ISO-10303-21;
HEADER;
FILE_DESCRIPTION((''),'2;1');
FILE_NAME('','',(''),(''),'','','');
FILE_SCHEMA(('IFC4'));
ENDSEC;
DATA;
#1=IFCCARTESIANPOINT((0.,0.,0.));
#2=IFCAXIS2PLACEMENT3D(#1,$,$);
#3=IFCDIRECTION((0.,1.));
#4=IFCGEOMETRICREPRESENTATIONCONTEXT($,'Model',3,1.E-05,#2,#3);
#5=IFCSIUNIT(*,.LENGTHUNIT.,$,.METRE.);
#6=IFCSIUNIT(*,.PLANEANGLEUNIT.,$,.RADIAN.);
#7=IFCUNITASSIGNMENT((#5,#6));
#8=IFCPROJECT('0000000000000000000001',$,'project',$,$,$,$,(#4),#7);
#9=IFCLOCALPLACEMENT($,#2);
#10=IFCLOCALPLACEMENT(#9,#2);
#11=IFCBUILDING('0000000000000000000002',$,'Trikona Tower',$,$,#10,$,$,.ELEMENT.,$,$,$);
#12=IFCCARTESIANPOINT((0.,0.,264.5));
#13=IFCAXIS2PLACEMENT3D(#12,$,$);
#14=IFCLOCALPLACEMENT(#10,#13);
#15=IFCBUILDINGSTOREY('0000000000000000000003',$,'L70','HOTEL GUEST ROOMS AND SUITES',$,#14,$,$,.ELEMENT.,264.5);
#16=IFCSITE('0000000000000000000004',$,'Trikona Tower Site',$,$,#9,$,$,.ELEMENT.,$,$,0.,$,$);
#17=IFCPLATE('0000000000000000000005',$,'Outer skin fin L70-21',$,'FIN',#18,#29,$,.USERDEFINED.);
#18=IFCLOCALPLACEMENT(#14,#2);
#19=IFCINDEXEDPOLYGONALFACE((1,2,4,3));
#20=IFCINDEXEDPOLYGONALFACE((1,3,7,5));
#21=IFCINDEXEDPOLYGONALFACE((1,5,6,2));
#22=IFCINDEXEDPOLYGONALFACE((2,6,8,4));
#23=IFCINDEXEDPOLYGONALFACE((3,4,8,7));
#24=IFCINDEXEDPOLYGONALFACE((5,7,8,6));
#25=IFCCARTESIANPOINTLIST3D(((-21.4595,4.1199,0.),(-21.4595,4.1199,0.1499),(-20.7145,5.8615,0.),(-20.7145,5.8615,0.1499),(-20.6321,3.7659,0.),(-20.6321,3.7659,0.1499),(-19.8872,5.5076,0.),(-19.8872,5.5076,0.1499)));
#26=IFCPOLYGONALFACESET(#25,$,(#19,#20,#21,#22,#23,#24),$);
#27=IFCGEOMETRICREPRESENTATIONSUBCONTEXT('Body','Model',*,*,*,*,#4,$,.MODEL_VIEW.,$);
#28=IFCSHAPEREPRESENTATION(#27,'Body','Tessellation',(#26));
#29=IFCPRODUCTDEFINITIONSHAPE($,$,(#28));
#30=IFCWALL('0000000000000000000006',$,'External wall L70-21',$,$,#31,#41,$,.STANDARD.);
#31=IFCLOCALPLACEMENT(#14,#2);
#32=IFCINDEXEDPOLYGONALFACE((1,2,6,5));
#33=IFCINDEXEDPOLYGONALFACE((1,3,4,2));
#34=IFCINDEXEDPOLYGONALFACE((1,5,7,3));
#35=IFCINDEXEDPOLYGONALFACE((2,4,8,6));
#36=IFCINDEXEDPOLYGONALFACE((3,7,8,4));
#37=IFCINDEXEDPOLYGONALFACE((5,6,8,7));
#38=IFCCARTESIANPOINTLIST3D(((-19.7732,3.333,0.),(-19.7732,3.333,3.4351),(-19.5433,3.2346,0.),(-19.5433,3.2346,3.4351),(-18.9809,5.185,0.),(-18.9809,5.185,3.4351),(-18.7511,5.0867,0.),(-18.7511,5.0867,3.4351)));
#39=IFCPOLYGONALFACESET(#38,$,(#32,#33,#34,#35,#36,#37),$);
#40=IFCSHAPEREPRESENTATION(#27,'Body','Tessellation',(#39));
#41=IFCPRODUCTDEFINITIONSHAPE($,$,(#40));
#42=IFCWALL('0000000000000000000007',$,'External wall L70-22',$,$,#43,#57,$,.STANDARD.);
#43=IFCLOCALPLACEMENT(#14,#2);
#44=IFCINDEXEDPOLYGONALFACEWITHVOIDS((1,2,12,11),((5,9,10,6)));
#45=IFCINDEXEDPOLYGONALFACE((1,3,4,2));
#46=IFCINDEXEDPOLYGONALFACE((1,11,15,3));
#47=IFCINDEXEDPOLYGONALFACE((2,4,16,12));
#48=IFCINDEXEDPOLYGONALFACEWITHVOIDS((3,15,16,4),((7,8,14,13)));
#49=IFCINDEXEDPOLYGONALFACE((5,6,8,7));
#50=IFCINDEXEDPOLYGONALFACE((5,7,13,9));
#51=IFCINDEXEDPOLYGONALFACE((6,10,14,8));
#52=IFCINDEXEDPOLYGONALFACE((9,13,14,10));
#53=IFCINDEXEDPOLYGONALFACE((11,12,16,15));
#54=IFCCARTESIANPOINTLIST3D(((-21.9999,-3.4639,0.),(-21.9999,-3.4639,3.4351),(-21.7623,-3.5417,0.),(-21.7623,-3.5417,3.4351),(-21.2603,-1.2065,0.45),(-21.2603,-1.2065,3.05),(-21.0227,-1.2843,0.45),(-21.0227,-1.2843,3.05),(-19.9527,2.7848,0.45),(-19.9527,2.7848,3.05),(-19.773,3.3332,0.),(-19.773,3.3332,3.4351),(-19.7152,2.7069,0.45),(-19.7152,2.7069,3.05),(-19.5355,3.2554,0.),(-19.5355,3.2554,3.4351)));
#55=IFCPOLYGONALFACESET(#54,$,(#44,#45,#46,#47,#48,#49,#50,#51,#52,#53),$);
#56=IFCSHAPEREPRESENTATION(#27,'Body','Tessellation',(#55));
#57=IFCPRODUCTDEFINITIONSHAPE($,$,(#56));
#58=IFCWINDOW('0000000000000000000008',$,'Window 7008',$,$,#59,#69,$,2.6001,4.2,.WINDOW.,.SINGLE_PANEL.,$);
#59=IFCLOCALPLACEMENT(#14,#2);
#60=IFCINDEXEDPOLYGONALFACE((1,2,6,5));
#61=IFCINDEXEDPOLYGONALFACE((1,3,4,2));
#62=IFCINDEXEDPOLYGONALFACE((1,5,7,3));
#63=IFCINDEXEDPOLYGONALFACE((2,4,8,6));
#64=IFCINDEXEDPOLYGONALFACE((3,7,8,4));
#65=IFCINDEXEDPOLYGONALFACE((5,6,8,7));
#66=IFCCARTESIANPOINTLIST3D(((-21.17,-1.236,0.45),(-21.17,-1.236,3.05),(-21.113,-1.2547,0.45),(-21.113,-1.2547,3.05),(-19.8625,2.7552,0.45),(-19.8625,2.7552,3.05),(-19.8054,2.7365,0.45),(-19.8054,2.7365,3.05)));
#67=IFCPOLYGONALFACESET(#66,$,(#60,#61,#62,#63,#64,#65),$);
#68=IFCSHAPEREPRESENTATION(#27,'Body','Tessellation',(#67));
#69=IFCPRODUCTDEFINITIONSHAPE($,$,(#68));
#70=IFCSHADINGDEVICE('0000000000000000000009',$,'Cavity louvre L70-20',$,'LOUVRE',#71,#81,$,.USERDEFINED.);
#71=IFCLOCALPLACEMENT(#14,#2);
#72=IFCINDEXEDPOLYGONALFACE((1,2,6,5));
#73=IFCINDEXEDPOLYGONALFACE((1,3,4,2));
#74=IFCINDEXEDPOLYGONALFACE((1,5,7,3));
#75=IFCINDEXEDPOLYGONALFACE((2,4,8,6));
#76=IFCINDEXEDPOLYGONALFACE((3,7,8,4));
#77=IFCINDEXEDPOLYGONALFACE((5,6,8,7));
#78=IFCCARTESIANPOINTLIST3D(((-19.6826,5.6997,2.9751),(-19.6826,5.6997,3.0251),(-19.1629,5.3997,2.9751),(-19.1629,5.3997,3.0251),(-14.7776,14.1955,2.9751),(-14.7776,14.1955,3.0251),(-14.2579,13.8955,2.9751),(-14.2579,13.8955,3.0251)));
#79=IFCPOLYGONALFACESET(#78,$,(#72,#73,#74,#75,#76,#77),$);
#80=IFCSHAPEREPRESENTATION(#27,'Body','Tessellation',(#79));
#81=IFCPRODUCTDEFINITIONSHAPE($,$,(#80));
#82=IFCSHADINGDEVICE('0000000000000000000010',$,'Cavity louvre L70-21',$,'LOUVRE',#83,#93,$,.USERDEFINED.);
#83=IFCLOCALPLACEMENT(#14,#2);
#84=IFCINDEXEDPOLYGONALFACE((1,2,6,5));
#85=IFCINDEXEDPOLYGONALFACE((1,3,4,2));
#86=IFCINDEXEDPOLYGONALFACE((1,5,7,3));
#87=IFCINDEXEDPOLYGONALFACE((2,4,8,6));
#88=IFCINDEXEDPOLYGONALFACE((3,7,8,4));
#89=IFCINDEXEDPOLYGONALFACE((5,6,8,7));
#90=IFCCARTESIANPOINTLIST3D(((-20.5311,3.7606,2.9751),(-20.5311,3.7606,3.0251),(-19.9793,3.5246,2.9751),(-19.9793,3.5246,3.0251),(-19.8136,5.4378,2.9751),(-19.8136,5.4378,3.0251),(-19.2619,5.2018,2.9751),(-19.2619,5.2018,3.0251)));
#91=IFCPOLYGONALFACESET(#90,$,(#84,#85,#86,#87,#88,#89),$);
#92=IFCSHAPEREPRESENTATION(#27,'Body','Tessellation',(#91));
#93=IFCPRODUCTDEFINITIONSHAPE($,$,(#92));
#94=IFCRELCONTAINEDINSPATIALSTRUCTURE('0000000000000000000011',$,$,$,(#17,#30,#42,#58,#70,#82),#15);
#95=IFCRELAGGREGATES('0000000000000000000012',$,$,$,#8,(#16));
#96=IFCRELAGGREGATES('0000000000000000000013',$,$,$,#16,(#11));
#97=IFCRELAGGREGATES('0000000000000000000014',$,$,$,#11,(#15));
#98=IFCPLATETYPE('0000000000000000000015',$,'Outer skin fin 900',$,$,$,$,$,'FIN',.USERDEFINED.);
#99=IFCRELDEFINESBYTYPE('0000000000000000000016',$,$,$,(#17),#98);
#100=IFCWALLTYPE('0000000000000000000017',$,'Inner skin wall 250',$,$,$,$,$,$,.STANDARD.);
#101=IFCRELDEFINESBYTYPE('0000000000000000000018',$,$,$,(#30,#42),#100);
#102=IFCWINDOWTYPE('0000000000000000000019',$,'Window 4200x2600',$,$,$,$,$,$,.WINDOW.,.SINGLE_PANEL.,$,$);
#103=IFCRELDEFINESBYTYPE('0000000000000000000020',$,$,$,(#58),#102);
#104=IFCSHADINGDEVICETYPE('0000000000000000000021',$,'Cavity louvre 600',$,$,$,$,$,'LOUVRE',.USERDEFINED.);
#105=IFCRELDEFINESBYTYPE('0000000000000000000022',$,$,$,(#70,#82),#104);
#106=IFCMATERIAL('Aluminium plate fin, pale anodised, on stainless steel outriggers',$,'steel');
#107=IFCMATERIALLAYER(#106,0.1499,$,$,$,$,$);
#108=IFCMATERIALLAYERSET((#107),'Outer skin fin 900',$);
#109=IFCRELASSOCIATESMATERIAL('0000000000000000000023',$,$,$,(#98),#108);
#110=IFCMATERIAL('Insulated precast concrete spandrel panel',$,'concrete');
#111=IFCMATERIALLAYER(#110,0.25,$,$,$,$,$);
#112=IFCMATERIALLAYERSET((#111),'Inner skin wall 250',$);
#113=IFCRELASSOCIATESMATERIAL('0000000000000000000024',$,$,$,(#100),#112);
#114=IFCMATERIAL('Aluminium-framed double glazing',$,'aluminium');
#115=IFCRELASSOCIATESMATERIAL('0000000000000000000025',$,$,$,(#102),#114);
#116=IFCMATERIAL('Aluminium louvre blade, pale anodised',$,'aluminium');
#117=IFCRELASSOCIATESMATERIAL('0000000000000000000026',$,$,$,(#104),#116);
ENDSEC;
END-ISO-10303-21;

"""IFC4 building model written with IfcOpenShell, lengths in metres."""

from ifc_helpers import new_model, si_unit, direction, frame, frame_2d, origin, origin_2d, place, context, subcontext, project, spatial, rectangle, extrude, material, layer, layer_set, type_object, element, fill, save


model = new_model("IFC4")

# Units and contexts
model_context = context("Model", 3, precision=1e-05, world=origin(), true_north=direction((0.0, 1.0)))
body_context = subcontext(model_context, "Body", "Model", "MODEL_VIEW")
ifc_project = project(units=[si_unit("LENGTHUNIT", "METRE"), si_unit("PLANEANGLEUNIT", "RADIAN")], contexts=[model_context])

# Site, building, storey
site_placement = place(None, origin())
site = spatial("IfcSite", under=ifc_project, at=site_placement, Name="Trikona Tower Site", CompositionType="ELEMENT", RefElevation=0.0)
building_placement = place(site_placement, origin())
building = spatial("IfcBuilding", under=site, at=building_placement, Name="Trikona Tower", CompositionType="ELEMENT")
storey_placement = place(building_placement, frame((0.0, 0.0, 264.5)))
storey = spatial("IfcBuildingStorey", under=building, at=storey_placement, Name="L70", Description="HOTEL GUEST ROOMS AND SUITES", CompositionType="ELEMENT", Elevation=264.5)

# Plate
ifc_material_1 = material(Name="Aluminium plate fin, pale anodised, on stainless steel outriggers", Category="steel")
ifc_layer_1 = layer(ifc_material_1, 0.1499)
ifc_layer_set_1 = layer_set([ifc_layer_1], Name="Outer skin fin 900")
plate_type_1 = type_object("IfcPlateType", Name="Outer skin fin 900", ElementType="FIN", PredefinedType="USERDEFINED", material=ifc_layer_set_1)
plate_1_placement = place(storey_placement, frame((-20.6733, 4.8137, 0.0), z_axis=(0.0, 0.0, 1.0), x_axis=(-0.393284, -0.919417, 0.0)))
element("IfcPlate", 1, at=plate_1_placement, inside=storey, type_object=plate_type_1, Name="Outer skin fin L70-21", ObjectType="FIN", PredefinedType="USERDEFINED", context=body_context, shape_type="SweptSolid", body=[
    extrude(rectangle(XDim=1.8943, YDim=0.8999, at=origin_2d()), origin(), (0.0, 0.0, 1.0), 0.1499),
])

# Wall
ifc_material_2 = material(Name="Insulated precast concrete spandrel panel", Category="concrete")
ifc_layer_2 = layer(ifc_material_2, 0.25)
ifc_layer_set_2 = layer_set([ifc_layer_2], Name="Inner skin wall 250")
wall_type = type_object("IfcWallType", Name="Inner skin wall 250", PredefinedType="STANDARD", material=ifc_layer_set_2)
wall_1_placement = place(storey_placement, frame((-18.866, 5.136, 0.0), z_axis=(0.0, 0.0, 1.0), x_axis=(-0.39329, -0.919414, 0.0)))
element("IfcWall", 2, at=wall_1_placement, inside=storey, type_object=wall_type, Name="External wall L70-21", PredefinedType="STANDARD", context=body_context, shape_type="SweptSolid", body=[
    extrude(rectangle(XDim=2.0144, YDim=0.25, at=frame_2d((1.0073, 0.0))), origin(), (0.0, 0.0, 1.0), 3.4351),
])

# Wall, opening, window
wall_2_placement = place(storey_placement, frame((-19.6543, 3.2942, 0.0), z_axis=(0.0, 0.0, 1.0), x_axis=(-0.311329, -0.950302, 0.0)))
wall_2 = element("IfcWall", 3, at=wall_2_placement, inside=storey, type_object=wall_type, Name="External wall L70-22", PredefinedType="STANDARD", context=body_context, shape_type="SweptSolid", body=[
    extrude(rectangle(XDim=7.1526, YDim=0.25, at=frame_2d((3.5762, 0.0))), origin(), (0.0, 0.0, 1.0), 3.4351),
])
opening_placement = place(wall_2_placement, frame((0.5769, 0.0, 0.45)))
opening = element("IfcOpeningElement", 4, at=opening_placement, cuts=wall_2, PredefinedType="OPENING", context=body_context, shape_type="SweptSolid", body=[
    extrude(rectangle(XDim=4.2, YDim=2.6001, at=frame_2d((2.1001, 1.3))), frame((0.0, 0.135, 0.0), z_axis=(0.0, -1.0, 0.0), x_axis=(1.0, 0.0, 0.0)), (0.0, 0.0, 1.0), 0.27),
])
ifc_material_3 = material(Name="Aluminium-framed double glazing", Category="aluminium")
window_type = type_object("IfcWindowType", Name="Window 4200x2600", PartitioningType="SINGLE_PANEL", PredefinedType="WINDOW", material=ifc_material_3)
window_placement = place(opening_placement, origin())
window = element("IfcWindow", 5, at=window_placement, inside=storey, type_object=window_type, Name="Window 7008", OverallHeight=2.6001, OverallWidth=4.2, PartitioningType="SINGLE_PANEL", PredefinedType="WINDOW", context=body_context, shape_type="SweptSolid", body=[
    extrude(rectangle(XDim=4.2, YDim=2.6001, at=frame_2d((2.1001, 1.3))), frame((0.0, 0.03, 0.0), z_axis=(0.0, -1.0, 0.0), x_axis=(1.0, 0.0, 0.0)), (0.0, 0.0, 1.0), 0.0601),
])
fill(opening, window)

# Shading devices
ifc_material_4 = material(Name="Aluminium louvre blade, pale anodised", Category="aluminium")
shading_device_type = type_object("IfcShadingDeviceType", Name="Cavity louvre 600", ElementType="LOUVRE", PredefinedType="USERDEFINED", material=ifc_material_4)
shading_device_1_placement = place(storey_placement, frame((-16.9702, 9.7976, 2.9751), z_axis=(0.0, 0.0, 1.0), x_axis=(-0.499998, -0.866026, 0.0)))
element("IfcShadingDevice", 6, at=shading_device_1_placement, inside=storey, type_object=shading_device_type, Name="Cavity louvre L70-20", ObjectType="LOUVRE", PredefinedType="USERDEFINED", context=body_context, shape_type="SweptSolid", body=[
    extrude(rectangle(XDim=9.8101, YDim=0.6001, at=origin_2d()), origin(), (0.0, 0.0, 1.0), 0.05),
])
shading_device_2_placement = place(storey_placement, frame((-19.8965, 4.4812, 2.9751), z_axis=(0.0, 0.0, 1.0), x_axis=(-0.393284, -0.919417, 0.0)))
element("IfcShadingDevice", 7, at=shading_device_2_placement, inside=storey, type_object=shading_device_type, Name="Cavity louvre L70-21", ObjectType="LOUVRE", PredefinedType="USERDEFINED", context=body_context, shape_type="SweptSolid", body=[
    extrude(rectangle(XDim=1.8242, YDim=0.6001, at=origin_2d()), origin(), (0.0, 0.0, 1.0), 0.05),
])

save(model, "model.ifc")
